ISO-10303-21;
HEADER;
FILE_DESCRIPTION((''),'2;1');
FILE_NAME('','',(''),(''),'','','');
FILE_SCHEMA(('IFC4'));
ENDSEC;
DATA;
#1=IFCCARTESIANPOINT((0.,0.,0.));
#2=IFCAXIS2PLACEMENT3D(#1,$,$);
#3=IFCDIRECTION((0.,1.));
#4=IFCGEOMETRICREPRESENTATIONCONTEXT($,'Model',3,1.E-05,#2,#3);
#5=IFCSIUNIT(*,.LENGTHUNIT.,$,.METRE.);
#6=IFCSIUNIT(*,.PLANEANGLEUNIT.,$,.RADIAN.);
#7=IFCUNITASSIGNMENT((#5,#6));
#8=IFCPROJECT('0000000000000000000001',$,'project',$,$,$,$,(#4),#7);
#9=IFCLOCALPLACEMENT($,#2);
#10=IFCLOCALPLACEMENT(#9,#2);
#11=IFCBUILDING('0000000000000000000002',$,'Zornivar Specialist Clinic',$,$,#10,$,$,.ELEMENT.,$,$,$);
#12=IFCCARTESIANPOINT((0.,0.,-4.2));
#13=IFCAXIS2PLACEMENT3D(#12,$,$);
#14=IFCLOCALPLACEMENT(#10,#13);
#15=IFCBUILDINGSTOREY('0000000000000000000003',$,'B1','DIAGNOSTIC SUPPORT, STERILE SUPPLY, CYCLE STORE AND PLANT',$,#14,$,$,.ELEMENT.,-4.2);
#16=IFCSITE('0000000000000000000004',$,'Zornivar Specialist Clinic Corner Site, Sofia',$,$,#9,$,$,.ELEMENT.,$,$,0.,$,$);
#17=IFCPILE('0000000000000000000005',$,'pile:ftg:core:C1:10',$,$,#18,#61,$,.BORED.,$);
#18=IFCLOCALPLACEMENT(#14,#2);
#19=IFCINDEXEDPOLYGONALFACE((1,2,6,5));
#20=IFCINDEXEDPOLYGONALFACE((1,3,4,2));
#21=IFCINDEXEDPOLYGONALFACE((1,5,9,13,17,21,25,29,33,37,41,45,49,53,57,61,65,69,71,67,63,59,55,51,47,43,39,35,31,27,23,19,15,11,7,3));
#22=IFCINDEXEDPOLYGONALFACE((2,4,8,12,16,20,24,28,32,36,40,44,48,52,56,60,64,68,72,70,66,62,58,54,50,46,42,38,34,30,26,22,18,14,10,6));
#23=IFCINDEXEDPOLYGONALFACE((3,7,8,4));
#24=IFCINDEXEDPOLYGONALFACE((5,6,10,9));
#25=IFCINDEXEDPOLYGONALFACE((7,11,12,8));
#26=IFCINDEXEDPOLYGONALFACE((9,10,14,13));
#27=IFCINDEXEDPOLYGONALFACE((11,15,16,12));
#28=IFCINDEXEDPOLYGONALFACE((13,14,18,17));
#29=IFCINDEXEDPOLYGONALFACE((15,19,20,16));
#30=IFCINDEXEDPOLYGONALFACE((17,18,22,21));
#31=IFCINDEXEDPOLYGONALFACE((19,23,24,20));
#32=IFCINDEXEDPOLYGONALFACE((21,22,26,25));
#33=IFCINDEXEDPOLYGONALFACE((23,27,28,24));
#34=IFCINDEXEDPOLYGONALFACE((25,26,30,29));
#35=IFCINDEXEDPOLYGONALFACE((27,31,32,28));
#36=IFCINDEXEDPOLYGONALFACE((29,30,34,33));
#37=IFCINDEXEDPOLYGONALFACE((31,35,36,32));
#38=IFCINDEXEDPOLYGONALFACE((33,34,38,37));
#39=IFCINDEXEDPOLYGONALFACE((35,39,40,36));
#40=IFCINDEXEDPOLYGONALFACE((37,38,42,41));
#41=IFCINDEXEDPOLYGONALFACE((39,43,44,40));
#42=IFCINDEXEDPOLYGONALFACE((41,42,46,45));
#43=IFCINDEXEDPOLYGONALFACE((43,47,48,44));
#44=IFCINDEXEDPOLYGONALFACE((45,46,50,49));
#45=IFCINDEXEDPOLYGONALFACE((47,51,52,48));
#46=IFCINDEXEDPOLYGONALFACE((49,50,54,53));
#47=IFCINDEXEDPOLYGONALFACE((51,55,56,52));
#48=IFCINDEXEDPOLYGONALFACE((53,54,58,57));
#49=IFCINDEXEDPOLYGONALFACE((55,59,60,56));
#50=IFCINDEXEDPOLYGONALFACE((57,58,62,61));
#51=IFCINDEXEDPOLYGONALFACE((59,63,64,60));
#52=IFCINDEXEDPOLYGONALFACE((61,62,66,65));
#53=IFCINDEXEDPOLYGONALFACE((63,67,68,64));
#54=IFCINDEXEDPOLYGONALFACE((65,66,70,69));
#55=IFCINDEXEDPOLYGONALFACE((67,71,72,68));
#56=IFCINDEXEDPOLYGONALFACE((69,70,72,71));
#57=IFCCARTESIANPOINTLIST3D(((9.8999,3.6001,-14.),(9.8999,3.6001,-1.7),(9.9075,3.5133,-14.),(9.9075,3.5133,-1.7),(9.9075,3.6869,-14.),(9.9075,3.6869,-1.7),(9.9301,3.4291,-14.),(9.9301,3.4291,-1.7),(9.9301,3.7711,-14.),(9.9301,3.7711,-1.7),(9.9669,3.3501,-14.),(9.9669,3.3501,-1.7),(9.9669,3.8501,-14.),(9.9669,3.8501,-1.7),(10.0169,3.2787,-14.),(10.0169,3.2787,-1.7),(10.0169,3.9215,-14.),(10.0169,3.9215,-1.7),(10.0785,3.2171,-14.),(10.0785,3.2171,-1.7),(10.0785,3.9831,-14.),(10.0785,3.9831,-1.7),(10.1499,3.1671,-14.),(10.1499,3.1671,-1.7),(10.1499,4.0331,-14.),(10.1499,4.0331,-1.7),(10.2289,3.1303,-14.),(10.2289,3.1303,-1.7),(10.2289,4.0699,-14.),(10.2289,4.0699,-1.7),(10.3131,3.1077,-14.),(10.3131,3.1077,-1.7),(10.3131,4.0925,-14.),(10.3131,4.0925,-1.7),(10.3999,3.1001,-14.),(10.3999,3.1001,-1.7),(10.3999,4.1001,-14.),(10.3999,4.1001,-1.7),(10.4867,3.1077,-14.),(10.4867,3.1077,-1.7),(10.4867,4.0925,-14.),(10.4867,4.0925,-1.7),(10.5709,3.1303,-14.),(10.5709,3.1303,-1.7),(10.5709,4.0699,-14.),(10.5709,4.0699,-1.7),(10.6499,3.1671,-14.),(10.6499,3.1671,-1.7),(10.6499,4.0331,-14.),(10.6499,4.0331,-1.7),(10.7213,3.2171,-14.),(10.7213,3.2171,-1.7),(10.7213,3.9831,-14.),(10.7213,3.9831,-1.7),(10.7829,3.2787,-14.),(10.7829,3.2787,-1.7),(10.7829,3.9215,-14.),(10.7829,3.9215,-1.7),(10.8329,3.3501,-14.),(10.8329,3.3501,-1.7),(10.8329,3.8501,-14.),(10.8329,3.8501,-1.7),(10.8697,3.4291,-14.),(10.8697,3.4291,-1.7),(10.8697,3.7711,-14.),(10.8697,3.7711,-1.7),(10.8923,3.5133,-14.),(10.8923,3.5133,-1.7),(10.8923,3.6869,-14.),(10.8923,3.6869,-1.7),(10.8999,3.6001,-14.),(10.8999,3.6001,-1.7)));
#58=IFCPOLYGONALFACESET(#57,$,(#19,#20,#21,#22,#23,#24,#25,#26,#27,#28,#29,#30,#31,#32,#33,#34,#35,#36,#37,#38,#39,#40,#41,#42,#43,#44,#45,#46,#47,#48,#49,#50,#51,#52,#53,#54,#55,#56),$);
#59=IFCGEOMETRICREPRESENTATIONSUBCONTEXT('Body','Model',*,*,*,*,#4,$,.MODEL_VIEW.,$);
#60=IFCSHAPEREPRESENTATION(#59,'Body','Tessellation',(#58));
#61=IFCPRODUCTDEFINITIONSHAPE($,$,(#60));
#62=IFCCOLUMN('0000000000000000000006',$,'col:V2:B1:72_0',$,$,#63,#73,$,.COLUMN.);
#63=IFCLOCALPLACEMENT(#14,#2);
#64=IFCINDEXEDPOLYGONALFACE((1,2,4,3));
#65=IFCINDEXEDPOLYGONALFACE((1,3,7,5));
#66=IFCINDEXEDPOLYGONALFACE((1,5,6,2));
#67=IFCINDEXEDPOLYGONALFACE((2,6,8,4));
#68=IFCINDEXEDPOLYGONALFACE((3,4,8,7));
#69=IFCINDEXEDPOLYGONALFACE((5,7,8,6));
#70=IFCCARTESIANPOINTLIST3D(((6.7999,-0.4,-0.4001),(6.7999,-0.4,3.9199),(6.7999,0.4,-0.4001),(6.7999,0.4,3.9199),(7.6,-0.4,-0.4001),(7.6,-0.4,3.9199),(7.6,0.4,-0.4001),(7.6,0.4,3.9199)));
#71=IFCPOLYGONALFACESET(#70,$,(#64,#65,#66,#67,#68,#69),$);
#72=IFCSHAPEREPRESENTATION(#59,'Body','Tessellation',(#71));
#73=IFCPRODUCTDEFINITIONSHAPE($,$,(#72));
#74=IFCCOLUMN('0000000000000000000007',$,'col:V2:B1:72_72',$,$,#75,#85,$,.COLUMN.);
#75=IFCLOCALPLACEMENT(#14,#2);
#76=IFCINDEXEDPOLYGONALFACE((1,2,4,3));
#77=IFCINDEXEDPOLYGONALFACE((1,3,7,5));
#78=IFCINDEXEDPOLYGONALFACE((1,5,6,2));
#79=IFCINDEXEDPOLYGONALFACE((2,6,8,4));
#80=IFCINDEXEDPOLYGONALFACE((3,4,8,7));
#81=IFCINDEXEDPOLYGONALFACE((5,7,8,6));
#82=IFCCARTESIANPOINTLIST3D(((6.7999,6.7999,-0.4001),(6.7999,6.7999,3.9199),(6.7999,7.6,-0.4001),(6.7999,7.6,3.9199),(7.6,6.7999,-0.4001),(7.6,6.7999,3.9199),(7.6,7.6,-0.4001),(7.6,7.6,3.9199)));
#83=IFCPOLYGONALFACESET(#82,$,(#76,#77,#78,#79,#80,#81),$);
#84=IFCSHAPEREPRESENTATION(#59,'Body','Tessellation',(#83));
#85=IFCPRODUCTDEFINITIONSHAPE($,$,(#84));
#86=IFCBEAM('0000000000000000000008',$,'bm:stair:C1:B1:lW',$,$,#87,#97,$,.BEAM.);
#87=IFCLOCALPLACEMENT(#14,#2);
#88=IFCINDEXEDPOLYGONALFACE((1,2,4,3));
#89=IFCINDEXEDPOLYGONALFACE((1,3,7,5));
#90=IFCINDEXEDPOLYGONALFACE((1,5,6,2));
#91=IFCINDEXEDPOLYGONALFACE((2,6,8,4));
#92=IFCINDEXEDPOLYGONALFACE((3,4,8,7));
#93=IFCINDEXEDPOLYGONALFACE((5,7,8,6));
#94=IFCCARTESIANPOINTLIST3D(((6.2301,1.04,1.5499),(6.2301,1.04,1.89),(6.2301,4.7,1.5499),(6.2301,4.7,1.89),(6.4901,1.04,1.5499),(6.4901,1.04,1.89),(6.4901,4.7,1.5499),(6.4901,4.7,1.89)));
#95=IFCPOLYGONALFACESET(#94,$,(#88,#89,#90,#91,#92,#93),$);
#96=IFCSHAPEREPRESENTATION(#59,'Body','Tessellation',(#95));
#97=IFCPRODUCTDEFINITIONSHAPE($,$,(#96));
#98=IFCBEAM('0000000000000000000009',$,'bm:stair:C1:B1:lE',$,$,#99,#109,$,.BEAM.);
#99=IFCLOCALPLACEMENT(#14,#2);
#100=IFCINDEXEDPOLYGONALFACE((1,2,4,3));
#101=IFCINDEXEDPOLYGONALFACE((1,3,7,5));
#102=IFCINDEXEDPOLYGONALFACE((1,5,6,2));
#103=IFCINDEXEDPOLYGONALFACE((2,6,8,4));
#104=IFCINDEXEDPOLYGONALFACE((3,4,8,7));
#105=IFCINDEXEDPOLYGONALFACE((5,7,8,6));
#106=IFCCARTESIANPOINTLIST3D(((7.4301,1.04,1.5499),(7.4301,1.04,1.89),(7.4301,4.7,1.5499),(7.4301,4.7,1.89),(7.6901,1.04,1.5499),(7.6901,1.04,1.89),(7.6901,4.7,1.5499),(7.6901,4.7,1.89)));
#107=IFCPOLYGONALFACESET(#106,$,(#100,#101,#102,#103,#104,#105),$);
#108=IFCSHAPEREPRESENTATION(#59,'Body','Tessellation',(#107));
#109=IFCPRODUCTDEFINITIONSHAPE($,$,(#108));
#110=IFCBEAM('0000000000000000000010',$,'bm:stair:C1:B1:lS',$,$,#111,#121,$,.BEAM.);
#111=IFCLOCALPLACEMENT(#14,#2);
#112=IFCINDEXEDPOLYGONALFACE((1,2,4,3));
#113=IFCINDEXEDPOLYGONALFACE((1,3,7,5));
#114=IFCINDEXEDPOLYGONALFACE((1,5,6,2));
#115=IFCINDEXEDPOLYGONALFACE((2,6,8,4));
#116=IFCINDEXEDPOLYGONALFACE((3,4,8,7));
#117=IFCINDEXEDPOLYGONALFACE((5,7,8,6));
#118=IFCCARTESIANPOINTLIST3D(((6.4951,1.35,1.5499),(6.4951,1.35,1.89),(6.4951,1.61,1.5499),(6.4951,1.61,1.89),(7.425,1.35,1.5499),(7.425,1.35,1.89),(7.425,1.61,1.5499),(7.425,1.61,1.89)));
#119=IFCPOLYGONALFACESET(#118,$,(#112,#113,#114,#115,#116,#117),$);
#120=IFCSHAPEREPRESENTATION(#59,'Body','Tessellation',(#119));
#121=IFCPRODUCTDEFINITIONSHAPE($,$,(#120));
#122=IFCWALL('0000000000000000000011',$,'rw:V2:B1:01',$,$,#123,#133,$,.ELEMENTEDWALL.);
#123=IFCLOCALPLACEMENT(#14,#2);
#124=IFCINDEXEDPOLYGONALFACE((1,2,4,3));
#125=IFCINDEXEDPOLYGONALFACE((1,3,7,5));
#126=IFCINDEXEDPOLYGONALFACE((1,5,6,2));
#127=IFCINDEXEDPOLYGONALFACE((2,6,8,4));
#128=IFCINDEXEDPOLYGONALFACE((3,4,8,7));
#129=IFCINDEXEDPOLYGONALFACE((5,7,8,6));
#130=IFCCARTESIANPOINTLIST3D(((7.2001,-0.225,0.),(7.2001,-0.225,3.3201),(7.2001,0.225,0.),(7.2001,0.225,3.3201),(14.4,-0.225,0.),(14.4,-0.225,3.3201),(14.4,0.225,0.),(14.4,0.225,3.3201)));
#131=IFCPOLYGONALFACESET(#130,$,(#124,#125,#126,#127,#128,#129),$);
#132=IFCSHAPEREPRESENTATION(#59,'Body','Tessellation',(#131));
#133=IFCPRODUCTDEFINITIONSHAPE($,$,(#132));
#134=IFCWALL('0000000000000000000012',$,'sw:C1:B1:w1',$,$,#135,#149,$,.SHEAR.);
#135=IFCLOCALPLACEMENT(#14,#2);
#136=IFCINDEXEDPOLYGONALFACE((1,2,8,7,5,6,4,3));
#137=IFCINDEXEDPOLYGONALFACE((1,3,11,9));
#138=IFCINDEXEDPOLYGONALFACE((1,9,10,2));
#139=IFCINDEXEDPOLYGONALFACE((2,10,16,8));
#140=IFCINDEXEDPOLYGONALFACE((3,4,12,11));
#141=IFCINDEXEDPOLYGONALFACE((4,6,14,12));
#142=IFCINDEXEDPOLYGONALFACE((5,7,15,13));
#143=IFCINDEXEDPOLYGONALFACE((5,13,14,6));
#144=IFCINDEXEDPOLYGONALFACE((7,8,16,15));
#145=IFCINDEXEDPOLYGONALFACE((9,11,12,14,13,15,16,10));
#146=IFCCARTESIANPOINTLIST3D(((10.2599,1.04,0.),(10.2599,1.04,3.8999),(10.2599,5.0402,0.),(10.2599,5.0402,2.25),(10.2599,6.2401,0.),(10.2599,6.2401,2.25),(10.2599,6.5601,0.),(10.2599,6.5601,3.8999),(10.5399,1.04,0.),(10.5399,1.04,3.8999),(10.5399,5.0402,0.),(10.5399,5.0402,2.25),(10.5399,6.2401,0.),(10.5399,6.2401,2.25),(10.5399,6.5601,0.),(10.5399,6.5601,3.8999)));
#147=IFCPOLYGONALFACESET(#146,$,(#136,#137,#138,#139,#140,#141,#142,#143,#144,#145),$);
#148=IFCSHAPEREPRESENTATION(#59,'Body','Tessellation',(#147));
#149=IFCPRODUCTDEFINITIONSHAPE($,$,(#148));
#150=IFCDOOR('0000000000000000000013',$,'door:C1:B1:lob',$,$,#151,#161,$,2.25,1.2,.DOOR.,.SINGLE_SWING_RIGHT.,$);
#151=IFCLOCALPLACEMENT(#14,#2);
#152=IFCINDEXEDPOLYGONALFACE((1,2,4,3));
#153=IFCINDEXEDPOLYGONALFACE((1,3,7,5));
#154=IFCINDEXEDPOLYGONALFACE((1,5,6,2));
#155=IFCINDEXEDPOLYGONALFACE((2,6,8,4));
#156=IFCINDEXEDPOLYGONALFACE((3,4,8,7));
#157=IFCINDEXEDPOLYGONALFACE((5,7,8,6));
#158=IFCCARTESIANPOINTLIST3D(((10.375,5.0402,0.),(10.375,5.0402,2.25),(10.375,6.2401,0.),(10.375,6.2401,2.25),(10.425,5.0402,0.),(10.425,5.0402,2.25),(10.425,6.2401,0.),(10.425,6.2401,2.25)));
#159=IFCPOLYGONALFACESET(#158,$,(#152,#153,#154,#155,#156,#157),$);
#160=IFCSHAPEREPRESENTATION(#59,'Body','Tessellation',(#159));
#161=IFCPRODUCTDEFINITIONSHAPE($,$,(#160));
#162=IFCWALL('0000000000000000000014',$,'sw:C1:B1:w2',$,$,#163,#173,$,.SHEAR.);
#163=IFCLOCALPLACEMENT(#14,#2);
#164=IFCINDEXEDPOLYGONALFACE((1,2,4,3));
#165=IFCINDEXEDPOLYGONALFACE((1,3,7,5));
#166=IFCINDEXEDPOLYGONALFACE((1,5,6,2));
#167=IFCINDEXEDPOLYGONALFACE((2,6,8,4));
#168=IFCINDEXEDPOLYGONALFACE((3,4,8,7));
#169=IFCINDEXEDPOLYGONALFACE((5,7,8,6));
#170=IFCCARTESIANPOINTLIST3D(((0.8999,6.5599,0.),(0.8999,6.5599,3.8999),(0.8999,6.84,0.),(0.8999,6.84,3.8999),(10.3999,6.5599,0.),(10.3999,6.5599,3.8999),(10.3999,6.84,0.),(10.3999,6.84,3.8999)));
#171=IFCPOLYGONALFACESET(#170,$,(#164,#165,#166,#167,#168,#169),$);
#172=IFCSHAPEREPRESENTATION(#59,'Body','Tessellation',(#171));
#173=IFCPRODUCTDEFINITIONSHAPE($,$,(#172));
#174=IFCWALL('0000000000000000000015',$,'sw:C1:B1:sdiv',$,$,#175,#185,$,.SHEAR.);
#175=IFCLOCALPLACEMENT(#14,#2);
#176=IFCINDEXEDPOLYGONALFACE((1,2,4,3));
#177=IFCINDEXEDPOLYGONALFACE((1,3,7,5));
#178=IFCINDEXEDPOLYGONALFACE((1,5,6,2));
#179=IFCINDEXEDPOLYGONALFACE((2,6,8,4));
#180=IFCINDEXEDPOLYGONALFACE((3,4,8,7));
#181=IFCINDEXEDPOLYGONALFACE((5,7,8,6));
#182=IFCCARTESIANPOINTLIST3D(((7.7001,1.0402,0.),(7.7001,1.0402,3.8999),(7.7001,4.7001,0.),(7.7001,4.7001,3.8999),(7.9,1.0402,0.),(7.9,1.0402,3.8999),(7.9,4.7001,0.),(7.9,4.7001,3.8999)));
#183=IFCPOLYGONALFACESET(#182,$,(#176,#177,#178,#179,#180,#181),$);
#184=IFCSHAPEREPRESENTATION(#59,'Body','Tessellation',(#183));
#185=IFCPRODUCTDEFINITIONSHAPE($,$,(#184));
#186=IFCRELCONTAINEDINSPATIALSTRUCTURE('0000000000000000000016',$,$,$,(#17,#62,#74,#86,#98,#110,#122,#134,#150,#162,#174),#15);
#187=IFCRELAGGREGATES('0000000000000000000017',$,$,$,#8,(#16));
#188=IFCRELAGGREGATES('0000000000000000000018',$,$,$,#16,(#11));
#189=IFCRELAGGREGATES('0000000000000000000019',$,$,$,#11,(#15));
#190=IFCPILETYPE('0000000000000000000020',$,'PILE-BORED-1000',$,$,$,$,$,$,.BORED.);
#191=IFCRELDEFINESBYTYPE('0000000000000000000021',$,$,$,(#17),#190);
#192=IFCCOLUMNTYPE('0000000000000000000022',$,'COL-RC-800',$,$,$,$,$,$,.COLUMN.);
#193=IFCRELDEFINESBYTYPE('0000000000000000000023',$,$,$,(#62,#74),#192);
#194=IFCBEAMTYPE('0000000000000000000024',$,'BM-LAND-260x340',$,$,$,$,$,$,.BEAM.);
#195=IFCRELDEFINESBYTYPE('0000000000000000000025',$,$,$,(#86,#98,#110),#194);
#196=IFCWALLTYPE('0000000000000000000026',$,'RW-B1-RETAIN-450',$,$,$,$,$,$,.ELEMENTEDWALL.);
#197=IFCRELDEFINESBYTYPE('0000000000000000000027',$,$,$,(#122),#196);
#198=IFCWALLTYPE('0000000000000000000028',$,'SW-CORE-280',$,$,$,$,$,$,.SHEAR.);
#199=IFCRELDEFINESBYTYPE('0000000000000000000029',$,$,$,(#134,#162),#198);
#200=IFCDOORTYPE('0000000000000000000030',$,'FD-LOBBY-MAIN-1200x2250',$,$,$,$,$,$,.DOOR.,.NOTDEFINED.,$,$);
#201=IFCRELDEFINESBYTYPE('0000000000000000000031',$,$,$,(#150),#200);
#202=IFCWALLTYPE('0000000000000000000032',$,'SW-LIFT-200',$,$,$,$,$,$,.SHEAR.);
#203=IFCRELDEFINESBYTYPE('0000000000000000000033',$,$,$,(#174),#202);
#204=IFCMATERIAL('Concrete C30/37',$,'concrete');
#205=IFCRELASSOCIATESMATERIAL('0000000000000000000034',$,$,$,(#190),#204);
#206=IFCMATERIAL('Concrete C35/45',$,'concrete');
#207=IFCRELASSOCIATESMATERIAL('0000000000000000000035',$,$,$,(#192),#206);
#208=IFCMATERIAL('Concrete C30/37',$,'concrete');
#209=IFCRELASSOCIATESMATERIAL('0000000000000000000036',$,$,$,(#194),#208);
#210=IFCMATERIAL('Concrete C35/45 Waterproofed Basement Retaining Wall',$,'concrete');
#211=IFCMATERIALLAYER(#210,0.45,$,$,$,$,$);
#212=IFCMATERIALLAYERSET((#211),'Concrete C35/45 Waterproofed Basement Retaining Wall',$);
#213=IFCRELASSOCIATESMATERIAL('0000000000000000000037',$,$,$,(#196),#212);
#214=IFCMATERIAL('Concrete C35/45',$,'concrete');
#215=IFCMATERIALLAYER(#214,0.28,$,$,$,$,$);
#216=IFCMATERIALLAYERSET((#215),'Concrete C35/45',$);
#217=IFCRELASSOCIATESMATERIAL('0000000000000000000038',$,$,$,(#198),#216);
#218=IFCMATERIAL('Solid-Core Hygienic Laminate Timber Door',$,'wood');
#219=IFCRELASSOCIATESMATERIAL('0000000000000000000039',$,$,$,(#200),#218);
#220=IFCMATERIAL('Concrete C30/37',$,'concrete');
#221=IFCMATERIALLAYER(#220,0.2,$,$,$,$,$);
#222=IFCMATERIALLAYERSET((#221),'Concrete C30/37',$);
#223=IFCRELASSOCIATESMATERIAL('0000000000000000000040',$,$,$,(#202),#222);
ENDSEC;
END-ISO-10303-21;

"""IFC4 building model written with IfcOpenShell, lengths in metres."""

from ifc_helpers import new_model, si_unit, direction, frame, frame_2d, origin, origin_2d, place, context, subcontext, project, spatial, rectangle, circle, extrude, material, layer, layer_set, material_profile, profile_set, type_object, element, fill, save


model = new_model("IFC4")

# Units and contexts
model_context = context("Model", 3, precision=1e-05, world=origin(), true_north=direction((0.0, 1.0)))
body_context = subcontext(model_context, "Body", "Model", "MODEL_VIEW")
ifc_project = project(units=[si_unit("LENGTHUNIT", "METRE"), si_unit("PLANEANGLEUNIT", "RADIAN")], contexts=[model_context])

# Site, building, storey
site_placement = place(None, origin())
site = spatial("IfcSite", under=ifc_project, at=site_placement, Name="Zornivar Specialist Clinic Corner Site, Sofia", CompositionType="ELEMENT", RefElevation=0.0)
building_placement = place(site_placement, origin())
building = spatial("IfcBuilding", under=site, at=building_placement, Name="Zornivar Specialist Clinic", CompositionType="ELEMENT")
storey_placement = place(building_placement, frame((0.0, 0.0, -4.2)))
storey = spatial("IfcBuildingStorey", under=building, at=storey_placement, Name="B1", Description="DIAGNOSTIC SUPPORT, STERILE SUPPLY, CYCLE STORE AND PLANT", CompositionType="ELEMENT", Elevation=-4.2)

# Pile
ifc_material_1 = material(Name="Concrete C30/37", Category="concrete")
ifc_material_profile_1 = material_profile(ifc_material_1, circle(Radius=0.5, at=origin_2d()), Name="PILE D1000")
ifc_profile_set_1 = profile_set([ifc_material_profile_1], Name="Concrete C30/37")
pile_type = type_object("IfcPileType", Name="PILE-BORED-1000", PredefinedType="BORED", material=ifc_profile_set_1)
for number, where, z_axis, x_axis, name in (
    (1, (10.3999, 3.6001, -1.7), (0.0, 0.0, -1.0), (1.0, 0.0, 0.0), "pile:ftg:core:C1:10"),
):
    element("IfcPile", number, at=place(storey_placement, frame(where, z_axis=z_axis, x_axis=x_axis)), inside=storey, type_object=pile_type, Name=name, PredefinedType="BORED", context=body_context, shape_type="SweptSolid", body=[
        extrude(circle(Radius=0.5, at=origin_2d()), origin(), (0.0, 0.0, 1.0), 12.3),
    ])

# Columns
ifc_material_2 = material(Name="Concrete C35/45", Category="concrete")
ifc_material_profile_2 = material_profile(ifc_material_2, rectangle(XDim=0.8, YDim=0.8, at=origin_2d()), Name="RC 800x800")
ifc_profile_set_2 = profile_set([ifc_material_profile_2], Name="Concrete C35/45")
column_type = type_object("IfcColumnType", Name="COL-RC-800", PredefinedType="COLUMN", material=ifc_profile_set_2)
for number, where, z_axis, x_axis, name in (
    (2, (7.2, 0.0, -0.4001), (0.0, 0.0, 1.0), (1.0, 0.0, 0.0), "col:V2:B1:72_0"),
    (3, (7.2, 7.2, -0.4001), (0.0, 0.0, 1.0), (1.0, 0.0, 0.0), "col:V2:B1:72_72"),
):
    element("IfcColumn", number, at=place(storey_placement, frame(where, z_axis=z_axis, x_axis=x_axis)), inside=storey, type_object=column_type, Name=name, PredefinedType="COLUMN", context=body_context, shape_type="SweptSolid", body=[
        extrude(rectangle(XDim=0.8, YDim=0.8, at=origin_2d()), origin(), (0.0, 0.0, 1.0), 4.3201),
    ])

# Beams
ifc_material_3 = material(Name="Concrete C30/37", Category="concrete")
ifc_material_profile_3 = material_profile(ifc_material_3, rectangle(XDim=0.26, YDim=0.3401, at=origin_2d()), Name="RC 260x340")
ifc_profile_set_3 = profile_set([ifc_material_profile_3], Name="Concrete C30/37")
beam_type = type_object("IfcBeamType", Name="BM-LAND-260x340", PredefinedType="BEAM", material=ifc_profile_set_3)
for number, where, z_axis, x_axis, name in (
    (4, (6.3601, 1.04, 1.72), (0.0, 1.0, 0.0), (-1.0, 0.0, 0.0), "bm:stair:C1:B1:lW"),
    (5, (7.5601, 1.04, 1.72), (0.0, 1.0, 0.0), (-1.0, 0.0, 0.0), "bm:stair:C1:B1:lE"),
):
    element("IfcBeam", number, at=place(storey_placement, frame(where, z_axis=z_axis, x_axis=x_axis)), inside=storey, type_object=beam_type, Name=name, PredefinedType="BEAM", context=body_context, shape_type="SweptSolid", body=[
        extrude(rectangle(XDim=0.26, YDim=0.3401, at=origin_2d()), origin(), (0.0, 0.0, 1.0), 3.6599),
    ])
beam_placement = place(storey_placement, frame((6.4951, 1.48, 1.72), z_axis=(1.0, 0.0, 0.0), x_axis=(0.0, 1.0, 0.0)))
element("IfcBeam", 6, at=beam_placement, inside=storey, type_object=beam_type, Name="bm:stair:C1:B1:lS", PredefinedType="BEAM", context=body_context, shape_type="SweptSolid", body=[
    extrude(rectangle(XDim=0.26, YDim=0.3401, at=origin_2d()), origin(), (0.0, 0.0, 1.0), 0.9299),
])

# Wall
ifc_material_4 = material(Name="Concrete C35/45 Waterproofed Basement Retaining Wall", Category="concrete")
ifc_layer_1 = layer(ifc_material_4, 0.45)
ifc_layer_set_1 = layer_set([ifc_layer_1], Name="Concrete C35/45 Waterproofed Basement Retaining Wall")
wall_type_1 = type_object("IfcWallType", Name="RW-B1-RETAIN-450", PredefinedType="ELEMENTEDWALL", material=ifc_layer_set_1)
wall_1_placement = place(storey_placement, frame((7.2, 0.0, 0.0), z_axis=(0.0, 0.0, 1.0), x_axis=(1.0, 0.0, 0.0)))
element("IfcWall", 7, at=wall_1_placement, inside=storey, type_object=wall_type_1, Name="rw:V2:B1:01", PredefinedType="ELEMENTEDWALL", context=body_context, shape_type="SweptSolid", body=[
    extrude(rectangle(XDim=7.2, YDim=0.45, at=frame_2d((3.6001, 0.0))), origin(), (0.0, 0.0, 1.0), 3.3201),
])

# Wall, opening, door
ifc_material_5 = material(Name="Concrete C35/45", Category="concrete")
ifc_layer_2 = layer(ifc_material_5, 0.28)
ifc_layer_set_2 = layer_set([ifc_layer_2], Name="Concrete C35/45")
wall_type_2 = type_object("IfcWallType", Name="SW-CORE-280", PredefinedType="SHEAR", material=ifc_layer_set_2)
wall_2_placement = place(storey_placement, frame((10.3999, 1.04, 0.0), z_axis=(0.0, 0.0, 1.0), x_axis=(0.0, 1.0, 0.0)))
wall_2 = element("IfcWall", 8, at=wall_2_placement, inside=storey, type_object=wall_type_2, Name="sw:C1:B1:w1", PredefinedType="SHEAR", context=body_context, shape_type="SweptSolid", body=[
    extrude(rectangle(XDim=5.52, YDim=0.28, at=frame_2d((2.76, 0.0))), origin(), (0.0, 0.0, 1.0), 3.8999),
])
opening_placement = place(wall_2_placement, frame((4.0, 0.0, 0.0)))
opening = element("IfcOpeningElement", 9, at=opening_placement, cuts=wall_2, PredefinedType="OPENING", context=body_context, shape_type="SweptSolid", body=[
    extrude(rectangle(XDim=1.2, YDim=2.25, at=frame_2d((0.6001, 1.125))), frame((0.0, 0.1499, 0.0), z_axis=(0.0, -1.0, 0.0), x_axis=(1.0, 0.0, 0.0)), (0.0, 0.0, 1.0), 0.3),
])
ifc_material_6 = material(Name="Solid-Core Hygienic Laminate Timber Door", Category="wood")
door_type = type_object("IfcDoorType", Name="FD-LOBBY-MAIN-1200x2250", OperationType="NOTDEFINED", PredefinedType="DOOR", material=ifc_material_6)
door_placement = place(opening_placement, origin())
door = element("IfcDoor", 10, at=door_placement, inside=storey, type_object=door_type, Name="door:C1:B1:lob", OperationType="SINGLE_SWING_RIGHT", OverallHeight=2.25, OverallWidth=1.2, PredefinedType="DOOR", context=body_context, shape_type="SweptSolid", body=[
    extrude(rectangle(XDim=1.2, YDim=2.25, at=frame_2d((0.6001, 1.125))), frame((0.0, 0.0249, 0.0), z_axis=(0.0, -1.0, 0.0), x_axis=(1.0, 0.0, 0.0)), (0.0, 0.0, 1.0), 0.05),
])
fill(opening, door)

# Walls
wall_3_placement = place(storey_placement, frame((10.3999, 6.7, 0.0), z_axis=(0.0, 0.0, 1.0), x_axis=(-1.0, 0.0, 0.0)))
element("IfcWall", 11, at=wall_3_placement, inside=storey, type_object=wall_type_2, Name="sw:C1:B1:w2", PredefinedType="SHEAR", context=body_context, shape_type="SweptSolid", body=[
    extrude(rectangle(XDim=9.5, YDim=0.28, at=frame_2d((4.75, 0.0))), origin(), (0.0, 0.0, 1.0), 3.8999),
])
ifc_material_7 = material(Name="Concrete C30/37", Category="concrete")
ifc_layer_3 = layer(ifc_material_7, 0.2)
ifc_layer_set_3 = layer_set([ifc_layer_3], Name="Concrete C30/37")
wall_type_3 = type_object("IfcWallType", Name="SW-LIFT-200", PredefinedType="SHEAR", material=ifc_layer_set_3)
wall_4_placement = place(storey_placement, frame((7.8, 1.04, 0.0), z_axis=(0.0, 0.0, 1.0), x_axis=(0.0, 1.0, 0.0)))
element("IfcWall", 12, at=wall_4_placement, inside=storey, type_object=wall_type_3, Name="sw:C1:B1:sdiv", PredefinedType="SHEAR", context=body_context, shape_type="SweptSolid", body=[
    extrude(rectangle(XDim=3.6599, YDim=0.2, at=frame_2d((1.8301, 0.0))), origin(), (0.0, 0.0, 1.0), 3.8999),
])

save(model, "model.ifc")
